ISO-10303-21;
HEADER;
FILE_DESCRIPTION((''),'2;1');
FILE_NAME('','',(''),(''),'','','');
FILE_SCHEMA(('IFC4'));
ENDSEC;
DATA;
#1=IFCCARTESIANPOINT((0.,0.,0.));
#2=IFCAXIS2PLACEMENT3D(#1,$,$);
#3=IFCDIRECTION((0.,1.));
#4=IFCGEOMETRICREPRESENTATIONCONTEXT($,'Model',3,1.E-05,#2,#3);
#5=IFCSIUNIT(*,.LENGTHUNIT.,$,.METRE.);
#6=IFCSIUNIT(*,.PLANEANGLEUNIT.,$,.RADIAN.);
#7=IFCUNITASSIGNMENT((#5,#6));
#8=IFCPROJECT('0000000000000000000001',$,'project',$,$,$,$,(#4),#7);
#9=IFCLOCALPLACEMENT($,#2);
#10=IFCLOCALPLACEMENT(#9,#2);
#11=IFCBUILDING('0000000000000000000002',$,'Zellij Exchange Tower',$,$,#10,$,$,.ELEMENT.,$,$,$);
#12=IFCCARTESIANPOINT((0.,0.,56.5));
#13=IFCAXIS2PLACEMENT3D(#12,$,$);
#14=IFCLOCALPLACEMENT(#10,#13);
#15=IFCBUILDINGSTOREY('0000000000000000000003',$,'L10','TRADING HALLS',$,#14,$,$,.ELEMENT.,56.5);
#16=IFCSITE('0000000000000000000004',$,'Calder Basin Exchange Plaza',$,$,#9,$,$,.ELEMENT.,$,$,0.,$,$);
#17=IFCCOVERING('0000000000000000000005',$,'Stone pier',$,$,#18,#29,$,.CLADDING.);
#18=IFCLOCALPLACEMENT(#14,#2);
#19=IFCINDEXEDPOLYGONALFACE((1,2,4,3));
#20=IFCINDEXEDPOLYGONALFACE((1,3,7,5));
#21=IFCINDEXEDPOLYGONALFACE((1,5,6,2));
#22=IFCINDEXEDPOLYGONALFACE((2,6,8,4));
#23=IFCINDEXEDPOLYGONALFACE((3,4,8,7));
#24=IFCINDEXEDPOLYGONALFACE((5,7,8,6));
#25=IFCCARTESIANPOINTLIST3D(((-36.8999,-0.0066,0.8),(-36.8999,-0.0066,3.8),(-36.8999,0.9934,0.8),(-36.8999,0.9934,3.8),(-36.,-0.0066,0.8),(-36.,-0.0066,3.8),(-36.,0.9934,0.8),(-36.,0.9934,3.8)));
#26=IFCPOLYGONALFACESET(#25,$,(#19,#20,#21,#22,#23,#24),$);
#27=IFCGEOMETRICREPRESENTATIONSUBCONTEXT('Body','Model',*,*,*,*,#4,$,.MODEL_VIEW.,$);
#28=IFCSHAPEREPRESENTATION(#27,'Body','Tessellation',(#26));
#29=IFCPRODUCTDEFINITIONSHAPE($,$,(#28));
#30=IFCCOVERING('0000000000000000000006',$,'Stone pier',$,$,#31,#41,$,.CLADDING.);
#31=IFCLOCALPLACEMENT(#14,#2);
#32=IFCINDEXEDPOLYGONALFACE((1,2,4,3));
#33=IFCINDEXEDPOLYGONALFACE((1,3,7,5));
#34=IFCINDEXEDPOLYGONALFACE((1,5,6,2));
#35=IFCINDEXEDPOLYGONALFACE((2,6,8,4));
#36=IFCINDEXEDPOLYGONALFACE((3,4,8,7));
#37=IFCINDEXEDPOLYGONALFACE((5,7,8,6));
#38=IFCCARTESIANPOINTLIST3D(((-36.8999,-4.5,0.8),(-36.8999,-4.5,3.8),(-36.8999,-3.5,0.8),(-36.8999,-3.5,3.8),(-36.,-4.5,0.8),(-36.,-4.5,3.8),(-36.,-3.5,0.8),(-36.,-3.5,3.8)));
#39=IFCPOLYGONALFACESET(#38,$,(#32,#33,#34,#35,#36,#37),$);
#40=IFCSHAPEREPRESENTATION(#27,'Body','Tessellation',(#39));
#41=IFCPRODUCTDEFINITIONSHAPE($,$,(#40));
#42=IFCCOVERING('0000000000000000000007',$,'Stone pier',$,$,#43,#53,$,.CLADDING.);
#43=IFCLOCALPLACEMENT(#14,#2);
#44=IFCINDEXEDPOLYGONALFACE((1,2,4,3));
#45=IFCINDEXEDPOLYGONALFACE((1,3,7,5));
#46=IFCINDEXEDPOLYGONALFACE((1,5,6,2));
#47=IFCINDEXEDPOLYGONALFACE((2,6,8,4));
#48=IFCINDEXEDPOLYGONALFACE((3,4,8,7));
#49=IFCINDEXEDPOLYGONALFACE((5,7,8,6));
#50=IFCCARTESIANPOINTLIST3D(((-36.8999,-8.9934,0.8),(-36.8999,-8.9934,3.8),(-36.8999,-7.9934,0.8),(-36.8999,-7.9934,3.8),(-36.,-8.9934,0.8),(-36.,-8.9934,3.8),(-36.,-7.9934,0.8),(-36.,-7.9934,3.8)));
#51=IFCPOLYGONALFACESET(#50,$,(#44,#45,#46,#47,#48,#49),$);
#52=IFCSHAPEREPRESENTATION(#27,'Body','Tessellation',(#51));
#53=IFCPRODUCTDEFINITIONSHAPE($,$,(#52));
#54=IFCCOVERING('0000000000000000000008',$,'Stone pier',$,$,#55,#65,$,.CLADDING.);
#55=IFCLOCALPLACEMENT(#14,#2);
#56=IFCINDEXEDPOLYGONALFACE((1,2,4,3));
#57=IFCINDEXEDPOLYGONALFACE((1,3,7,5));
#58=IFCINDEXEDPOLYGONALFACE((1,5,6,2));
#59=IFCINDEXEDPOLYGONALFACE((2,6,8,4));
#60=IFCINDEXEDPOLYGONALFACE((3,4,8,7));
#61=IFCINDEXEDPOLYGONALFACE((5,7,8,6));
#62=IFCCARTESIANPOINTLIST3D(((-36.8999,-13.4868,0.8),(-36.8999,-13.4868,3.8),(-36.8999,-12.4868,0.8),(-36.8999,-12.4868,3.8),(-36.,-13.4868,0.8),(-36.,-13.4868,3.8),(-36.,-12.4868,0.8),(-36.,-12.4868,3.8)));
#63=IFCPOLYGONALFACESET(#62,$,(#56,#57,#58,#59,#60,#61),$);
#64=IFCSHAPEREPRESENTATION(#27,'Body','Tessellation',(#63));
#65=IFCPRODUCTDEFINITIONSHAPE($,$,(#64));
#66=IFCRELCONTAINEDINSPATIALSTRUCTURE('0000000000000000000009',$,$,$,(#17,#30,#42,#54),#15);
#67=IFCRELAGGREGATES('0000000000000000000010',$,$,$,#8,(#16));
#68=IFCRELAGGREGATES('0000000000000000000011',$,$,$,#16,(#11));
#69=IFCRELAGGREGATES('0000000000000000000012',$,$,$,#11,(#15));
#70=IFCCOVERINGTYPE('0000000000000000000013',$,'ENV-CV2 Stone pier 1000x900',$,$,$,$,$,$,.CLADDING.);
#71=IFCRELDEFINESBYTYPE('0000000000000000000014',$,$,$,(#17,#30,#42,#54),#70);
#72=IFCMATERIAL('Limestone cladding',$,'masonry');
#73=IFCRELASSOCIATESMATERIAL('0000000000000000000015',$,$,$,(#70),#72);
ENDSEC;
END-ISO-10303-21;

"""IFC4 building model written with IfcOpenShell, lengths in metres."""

from ifc_helpers import new_model, si_unit, direction, frame, origin, place, context, subcontext, project, spatial, polyline, outline, extrude, material, type_object, element, save


model = new_model("IFC4")

# Units and contexts
model_context = context("Model", 3, precision=1e-05, world=origin(), true_north=direction((0.0, 1.0)))
body_context = subcontext(model_context, "Body", "Model", "MODEL_VIEW")
ifc_project = project(units=[si_unit("LENGTHUNIT", "METRE"), si_unit("PLANEANGLEUNIT", "RADIAN")], contexts=[model_context])

# Site, building, storey
site_placement = place(None, origin())
site = spatial("IfcSite", under=ifc_project, at=site_placement, Name="Calder Basin Exchange Plaza", CompositionType="ELEMENT", RefElevation=0.0)
building_placement = place(site_placement, origin())
building = spatial("IfcBuilding", under=site, at=building_placement, Name="Zellij Exchange Tower", CompositionType="ELEMENT")
storey_placement = place(building_placement, frame((0.0, 0.0, 56.5)))
storey = spatial("IfcBuildingStorey", under=building, at=storey_placement, Name="L10", Description="TRADING HALLS", CompositionType="ELEMENT", Elevation=56.5)

# Coverings
ifc_material_1 = material(Name="Limestone cladding", Category="masonry")
covering_type_1 = type_object("IfcCoveringType", Name="ENV-CV2 Stone pier 1000x900", PredefinedType="CLADDING", material=ifc_material_1)
covering_1_placement = place(storey_placement, frame((0.0, 0.0, 0.8)))
element("IfcCovering", 1, at=covering_1_placement, inside=storey, type_object=covering_type_1, Name="Stone pier", PredefinedType="CLADDING", context=body_context, shape_type="SweptSolid", body=[
    extrude(outline(polyline([(-36.0, 0.9934), (-36.0, -0.0066), (-36.8999, -0.0066), (-36.8999, 0.9934), (-36.0, 0.9934)])), origin(), (0.0, 0.0, 1.0), 3.0),
])
covering_2_placement = place(storey_placement, frame((0.0, 0.0, 0.8)))
element("IfcCovering", 2, at=covering_2_placement, inside=storey, type_object=covering_type_1, Name="Stone pier", PredefinedType="CLADDING", context=body_context, shape_type="SweptSolid", body=[
    extrude(outline(polyline([(-36.0, -3.5), (-36.0, -4.5), (-36.8999, -4.5), (-36.8999, -3.5), (-36.0, -3.5)])), origin(), (0.0, 0.0, 1.0), 3.0),
])
covering_3_placement = place(storey_placement, frame((0.0, 0.0, 0.8)))
element("IfcCovering", 3, at=covering_3_placement, inside=storey, type_object=covering_type_1, Name="Stone pier", PredefinedType="CLADDING", context=body_context, shape_type="SweptSolid", body=[
    extrude(outline(polyline([(-36.0, -7.9934), (-36.0, -8.9934), (-36.8999, -8.9934), (-36.8999, -7.9934), (-36.0, -7.9934)])), origin(), (0.0, 0.0, 1.0), 3.0),
])
covering_4_placement = place(storey_placement, frame((0.0, 0.0, 0.8)))
element("IfcCovering", 4, at=covering_4_placement, inside=storey, type_object=covering_type_1, Name="Stone pier", PredefinedType="CLADDING", context=body_context, shape_type="SweptSolid", body=[
    extrude(outline(polyline([(-36.0, -12.4868), (-36.0, -13.4868), (-36.8999, -13.4868), (-36.8999, -12.4868), (-36.0, -12.4868)])), origin(), (0.0, 0.0, 1.0), 3.0),
])

save(model, "model.ifc")
